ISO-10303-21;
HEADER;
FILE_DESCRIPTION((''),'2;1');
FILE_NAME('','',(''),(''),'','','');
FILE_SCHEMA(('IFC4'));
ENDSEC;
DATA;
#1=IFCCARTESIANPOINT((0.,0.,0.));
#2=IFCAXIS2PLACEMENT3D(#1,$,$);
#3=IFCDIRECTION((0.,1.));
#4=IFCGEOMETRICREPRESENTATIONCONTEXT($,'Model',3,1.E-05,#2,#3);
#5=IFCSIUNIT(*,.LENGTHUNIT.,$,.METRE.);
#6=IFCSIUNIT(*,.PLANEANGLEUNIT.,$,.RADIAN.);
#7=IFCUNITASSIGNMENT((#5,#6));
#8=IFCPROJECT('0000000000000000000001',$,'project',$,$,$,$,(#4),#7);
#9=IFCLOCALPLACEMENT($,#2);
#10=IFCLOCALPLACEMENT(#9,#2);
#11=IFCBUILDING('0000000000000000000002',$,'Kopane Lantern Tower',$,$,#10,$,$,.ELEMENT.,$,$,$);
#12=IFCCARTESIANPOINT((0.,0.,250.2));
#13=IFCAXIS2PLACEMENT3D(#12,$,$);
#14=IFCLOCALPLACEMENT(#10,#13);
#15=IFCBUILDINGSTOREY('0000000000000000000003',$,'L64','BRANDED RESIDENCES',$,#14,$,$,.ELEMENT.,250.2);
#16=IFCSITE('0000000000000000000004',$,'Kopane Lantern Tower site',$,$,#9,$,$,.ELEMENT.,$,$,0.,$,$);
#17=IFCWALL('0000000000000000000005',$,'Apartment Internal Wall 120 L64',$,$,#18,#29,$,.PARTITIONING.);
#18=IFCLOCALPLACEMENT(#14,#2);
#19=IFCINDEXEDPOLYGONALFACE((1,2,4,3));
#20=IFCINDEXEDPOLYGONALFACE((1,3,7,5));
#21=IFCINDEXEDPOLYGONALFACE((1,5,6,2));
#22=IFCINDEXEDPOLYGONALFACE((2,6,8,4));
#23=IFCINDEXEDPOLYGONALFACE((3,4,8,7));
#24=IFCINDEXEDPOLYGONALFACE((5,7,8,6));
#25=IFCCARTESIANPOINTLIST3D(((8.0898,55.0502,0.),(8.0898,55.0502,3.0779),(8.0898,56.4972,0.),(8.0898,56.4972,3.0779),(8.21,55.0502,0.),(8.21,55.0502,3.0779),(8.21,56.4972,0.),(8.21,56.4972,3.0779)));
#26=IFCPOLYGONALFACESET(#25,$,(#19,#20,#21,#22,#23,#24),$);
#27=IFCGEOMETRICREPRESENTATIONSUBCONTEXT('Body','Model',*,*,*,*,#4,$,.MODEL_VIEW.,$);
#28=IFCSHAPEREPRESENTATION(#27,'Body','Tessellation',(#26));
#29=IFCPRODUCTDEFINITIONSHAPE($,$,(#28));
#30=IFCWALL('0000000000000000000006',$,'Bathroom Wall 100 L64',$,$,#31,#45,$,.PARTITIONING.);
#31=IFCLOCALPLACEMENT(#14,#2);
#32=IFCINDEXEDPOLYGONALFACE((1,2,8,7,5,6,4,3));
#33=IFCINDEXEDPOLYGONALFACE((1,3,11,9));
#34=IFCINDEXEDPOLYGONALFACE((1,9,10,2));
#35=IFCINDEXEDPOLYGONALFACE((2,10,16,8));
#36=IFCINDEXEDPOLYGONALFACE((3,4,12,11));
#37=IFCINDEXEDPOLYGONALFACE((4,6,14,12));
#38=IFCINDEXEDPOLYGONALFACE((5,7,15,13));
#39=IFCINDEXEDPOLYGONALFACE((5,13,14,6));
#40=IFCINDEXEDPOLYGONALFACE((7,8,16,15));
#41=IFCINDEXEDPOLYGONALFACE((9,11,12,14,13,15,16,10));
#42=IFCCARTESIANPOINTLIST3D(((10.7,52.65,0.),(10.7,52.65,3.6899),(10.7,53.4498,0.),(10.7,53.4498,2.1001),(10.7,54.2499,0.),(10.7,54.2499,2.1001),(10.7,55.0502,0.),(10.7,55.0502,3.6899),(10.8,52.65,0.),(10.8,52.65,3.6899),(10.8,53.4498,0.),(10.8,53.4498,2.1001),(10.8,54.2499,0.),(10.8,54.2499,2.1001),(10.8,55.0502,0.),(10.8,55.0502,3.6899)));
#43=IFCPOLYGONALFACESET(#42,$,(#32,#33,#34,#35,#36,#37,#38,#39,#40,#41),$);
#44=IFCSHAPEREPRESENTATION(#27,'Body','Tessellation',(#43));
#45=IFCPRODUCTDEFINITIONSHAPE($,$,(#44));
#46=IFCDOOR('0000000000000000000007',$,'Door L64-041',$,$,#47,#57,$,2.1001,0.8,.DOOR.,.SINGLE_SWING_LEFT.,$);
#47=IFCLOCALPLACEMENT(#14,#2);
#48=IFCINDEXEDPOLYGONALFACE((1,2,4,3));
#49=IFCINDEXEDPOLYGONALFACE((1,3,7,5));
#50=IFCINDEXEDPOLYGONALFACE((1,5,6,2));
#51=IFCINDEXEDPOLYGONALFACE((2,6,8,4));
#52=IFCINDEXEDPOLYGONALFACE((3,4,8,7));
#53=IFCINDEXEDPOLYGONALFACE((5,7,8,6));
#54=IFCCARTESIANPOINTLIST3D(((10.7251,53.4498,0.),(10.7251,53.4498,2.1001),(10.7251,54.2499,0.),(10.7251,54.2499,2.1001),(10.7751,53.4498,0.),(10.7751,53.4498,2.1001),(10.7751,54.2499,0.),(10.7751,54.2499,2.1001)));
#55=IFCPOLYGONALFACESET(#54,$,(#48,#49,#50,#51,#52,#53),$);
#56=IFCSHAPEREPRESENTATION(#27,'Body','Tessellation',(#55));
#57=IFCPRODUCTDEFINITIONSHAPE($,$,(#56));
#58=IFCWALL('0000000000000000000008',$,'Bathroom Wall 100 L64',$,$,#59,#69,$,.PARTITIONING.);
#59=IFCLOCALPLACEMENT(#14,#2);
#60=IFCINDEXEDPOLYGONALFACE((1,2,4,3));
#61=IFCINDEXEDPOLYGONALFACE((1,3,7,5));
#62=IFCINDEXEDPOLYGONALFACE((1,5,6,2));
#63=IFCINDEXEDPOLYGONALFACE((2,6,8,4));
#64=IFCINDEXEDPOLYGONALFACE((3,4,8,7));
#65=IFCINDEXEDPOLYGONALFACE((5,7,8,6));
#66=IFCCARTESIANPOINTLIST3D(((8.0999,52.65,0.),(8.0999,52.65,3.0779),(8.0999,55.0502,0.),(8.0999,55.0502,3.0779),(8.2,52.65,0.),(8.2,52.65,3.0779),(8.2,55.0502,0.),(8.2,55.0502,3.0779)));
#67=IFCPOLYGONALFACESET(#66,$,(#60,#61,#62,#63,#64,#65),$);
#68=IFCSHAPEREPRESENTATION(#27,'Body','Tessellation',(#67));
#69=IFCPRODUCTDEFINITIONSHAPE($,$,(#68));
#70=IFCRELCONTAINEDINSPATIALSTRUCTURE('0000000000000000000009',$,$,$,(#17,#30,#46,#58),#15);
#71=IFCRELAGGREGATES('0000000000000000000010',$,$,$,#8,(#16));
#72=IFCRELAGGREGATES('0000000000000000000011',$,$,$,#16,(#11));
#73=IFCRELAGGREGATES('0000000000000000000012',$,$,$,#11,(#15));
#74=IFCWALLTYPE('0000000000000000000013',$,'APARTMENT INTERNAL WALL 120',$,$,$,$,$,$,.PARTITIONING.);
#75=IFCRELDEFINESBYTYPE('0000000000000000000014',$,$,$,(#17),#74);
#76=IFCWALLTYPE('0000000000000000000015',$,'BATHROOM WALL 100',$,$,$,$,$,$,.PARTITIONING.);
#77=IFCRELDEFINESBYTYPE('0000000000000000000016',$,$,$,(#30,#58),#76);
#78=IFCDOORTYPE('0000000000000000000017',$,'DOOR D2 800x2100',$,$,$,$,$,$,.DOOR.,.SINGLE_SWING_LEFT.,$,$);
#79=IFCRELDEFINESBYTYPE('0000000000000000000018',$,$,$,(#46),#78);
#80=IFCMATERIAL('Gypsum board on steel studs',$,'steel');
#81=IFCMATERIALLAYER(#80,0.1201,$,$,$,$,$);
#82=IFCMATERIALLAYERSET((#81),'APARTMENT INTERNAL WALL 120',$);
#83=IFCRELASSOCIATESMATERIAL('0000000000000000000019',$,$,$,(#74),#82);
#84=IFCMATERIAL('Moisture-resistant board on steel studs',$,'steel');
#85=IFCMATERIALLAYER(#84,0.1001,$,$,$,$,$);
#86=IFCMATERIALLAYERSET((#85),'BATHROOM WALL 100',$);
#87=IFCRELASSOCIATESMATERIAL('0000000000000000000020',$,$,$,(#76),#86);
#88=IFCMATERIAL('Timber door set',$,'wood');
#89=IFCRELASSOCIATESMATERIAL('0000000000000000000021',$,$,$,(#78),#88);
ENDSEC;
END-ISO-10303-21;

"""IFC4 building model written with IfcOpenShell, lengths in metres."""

from ifc_helpers import new_model, si_unit, direction, frame, frame_2d, origin, place, context, subcontext, project, spatial, rectangle, extrude, material, layer, layer_set, type_object, element, fill, save


model = new_model("IFC4")

# Units and contexts
model_context = context("Model", 3, precision=1e-05, world=origin(), true_north=direction((0.0, 1.0)))
body_context = subcontext(model_context, "Body", "Model", "MODEL_VIEW")
ifc_project = project(units=[si_unit("LENGTHUNIT", "METRE"), si_unit("PLANEANGLEUNIT", "RADIAN")], contexts=[model_context])

# Site, building, storey
site_placement = place(None, origin())
site = spatial("IfcSite", under=ifc_project, at=site_placement, Name="Kopane Lantern Tower site", CompositionType="ELEMENT", RefElevation=0.0)
building_placement = place(site_placement, origin())
building = spatial("IfcBuilding", under=site, at=building_placement, Name="Kopane Lantern Tower", CompositionType="ELEMENT")
storey_placement = place(building_placement, frame((0.0, 0.0, 250.2)))
storey = spatial("IfcBuildingStorey", under=building, at=storey_placement, Name="L64", Description="BRANDED RESIDENCES", CompositionType="ELEMENT", Elevation=250.2)

# Shared definitions
ifc_material_1 = material(Name="Gypsum board on steel studs", Category="steel")
ifc_layer_1 = layer(ifc_material_1, 0.1201)
ifc_layer_set_1 = layer_set([ifc_layer_1], Name="APARTMENT INTERNAL WALL 120")
wall_type_1 = type_object("IfcWallType", Name="APARTMENT INTERNAL WALL 120", PredefinedType="PARTITIONING", material=ifc_layer_set_1)

# Wall
wall_1_placement = place(storey_placement, frame((8.1499, 55.05, 0.0), z_axis=(0.0, 0.0, 1.0), x_axis=(0.0, 1.0, 0.0)))
element("IfcWall", 1, at=wall_1_placement, inside=storey, type_object=wall_type_1, Name="Apartment Internal Wall 120 L64", PredefinedType="PARTITIONING", context=body_context, shape_type="SweptSolid", body=[
    extrude(rectangle(XDim=1.447, YDim=0.1201, at=frame_2d((0.7236, 0.0))), origin(), (0.0, 0.0, 1.0), 3.0779),
])

# Wall, opening, door
ifc_material_2 = material(Name="Moisture-resistant board on steel studs", Category="steel")
ifc_layer_2 = layer(ifc_material_2, 0.1001)
ifc_layer_set_2 = layer_set([ifc_layer_2], Name="BATHROOM WALL 100")
wall_type_2 = type_object("IfcWallType", Name="BATHROOM WALL 100", PredefinedType="PARTITIONING", material=ifc_layer_set_2)
wall_2_placement = place(storey_placement, frame((10.75, 52.6499, 0.0), z_axis=(0.0, 0.0, 1.0), x_axis=(0.0, 1.0, 0.0)))
wall_2 = element("IfcWall", 2, at=wall_2_placement, inside=storey, type_object=wall_type_2, Name="Bathroom Wall 100 L64", PredefinedType="PARTITIONING", context=body_context, shape_type="SweptSolid", body=[
    extrude(rectangle(XDim=2.4001, YDim=0.1001, at=frame_2d((1.2002, 0.0))), origin(), (0.0, 0.0, 1.0), 3.6899),
])
opening_1_placement = place(wall_2_placement, frame((0.8, 0.0, 0.0)))
opening_1 = element("IfcOpeningElement", 3, at=opening_1_placement, cuts=wall_2, PredefinedType="OPENING", context=body_context, shape_type="SweptSolid", body=[
    extrude(rectangle(XDim=0.8, YDim=2.1001, at=frame_2d((0.3999, 1.05))), frame((0.0, 0.0601, 0.0), z_axis=(0.0, -1.0, 0.0), x_axis=(1.0, 0.0, 0.0)), (0.0, 0.0, 1.0), 0.1201),
])
ifc_material_3 = material(Name="Timber door set", Category="wood")
door_type_1 = type_object("IfcDoorType", Name="DOOR D2 800x2100", OperationType="SINGLE_SWING_LEFT", PredefinedType="DOOR", material=ifc_material_3)
door_1_placement = place(opening_1_placement, origin())
door_1 = element("IfcDoor", 4, at=door_1_placement, inside=storey, type_object=door_type_1, Name="Door L64-041", OperationType="SINGLE_SWING_LEFT", OverallHeight=2.1001, OverallWidth=0.8, PredefinedType="DOOR", context=body_context, shape_type="SweptSolid", body=[
    extrude(rectangle(XDim=0.8, YDim=2.1001, at=frame_2d((0.3999, 1.05))), frame((0.0, 0.0249, 0.0), z_axis=(0.0, -1.0, 0.0), x_axis=(1.0, 0.0, 0.0)), (0.0, 0.0, 1.0), 0.05),
])
fill(opening_1, door_1)

# Wall
wall_3_placement = place(storey_placement, frame((8.1499, 52.6499, 0.0), z_axis=(0.0, 0.0, 1.0), x_axis=(0.0, 1.0, 0.0)))
element("IfcWall", 5, at=wall_3_placement, inside=storey, type_object=wall_type_2, Name="Bathroom Wall 100 L64", PredefinedType="PARTITIONING", context=body_context, shape_type="SweptSolid", body=[
    extrude(rectangle(XDim=2.4001, YDim=0.1001, at=frame_2d((1.2002, 0.0))), origin(), (0.0, 0.0, 1.0), 3.0779),
])

save(model, "model.ifc")
